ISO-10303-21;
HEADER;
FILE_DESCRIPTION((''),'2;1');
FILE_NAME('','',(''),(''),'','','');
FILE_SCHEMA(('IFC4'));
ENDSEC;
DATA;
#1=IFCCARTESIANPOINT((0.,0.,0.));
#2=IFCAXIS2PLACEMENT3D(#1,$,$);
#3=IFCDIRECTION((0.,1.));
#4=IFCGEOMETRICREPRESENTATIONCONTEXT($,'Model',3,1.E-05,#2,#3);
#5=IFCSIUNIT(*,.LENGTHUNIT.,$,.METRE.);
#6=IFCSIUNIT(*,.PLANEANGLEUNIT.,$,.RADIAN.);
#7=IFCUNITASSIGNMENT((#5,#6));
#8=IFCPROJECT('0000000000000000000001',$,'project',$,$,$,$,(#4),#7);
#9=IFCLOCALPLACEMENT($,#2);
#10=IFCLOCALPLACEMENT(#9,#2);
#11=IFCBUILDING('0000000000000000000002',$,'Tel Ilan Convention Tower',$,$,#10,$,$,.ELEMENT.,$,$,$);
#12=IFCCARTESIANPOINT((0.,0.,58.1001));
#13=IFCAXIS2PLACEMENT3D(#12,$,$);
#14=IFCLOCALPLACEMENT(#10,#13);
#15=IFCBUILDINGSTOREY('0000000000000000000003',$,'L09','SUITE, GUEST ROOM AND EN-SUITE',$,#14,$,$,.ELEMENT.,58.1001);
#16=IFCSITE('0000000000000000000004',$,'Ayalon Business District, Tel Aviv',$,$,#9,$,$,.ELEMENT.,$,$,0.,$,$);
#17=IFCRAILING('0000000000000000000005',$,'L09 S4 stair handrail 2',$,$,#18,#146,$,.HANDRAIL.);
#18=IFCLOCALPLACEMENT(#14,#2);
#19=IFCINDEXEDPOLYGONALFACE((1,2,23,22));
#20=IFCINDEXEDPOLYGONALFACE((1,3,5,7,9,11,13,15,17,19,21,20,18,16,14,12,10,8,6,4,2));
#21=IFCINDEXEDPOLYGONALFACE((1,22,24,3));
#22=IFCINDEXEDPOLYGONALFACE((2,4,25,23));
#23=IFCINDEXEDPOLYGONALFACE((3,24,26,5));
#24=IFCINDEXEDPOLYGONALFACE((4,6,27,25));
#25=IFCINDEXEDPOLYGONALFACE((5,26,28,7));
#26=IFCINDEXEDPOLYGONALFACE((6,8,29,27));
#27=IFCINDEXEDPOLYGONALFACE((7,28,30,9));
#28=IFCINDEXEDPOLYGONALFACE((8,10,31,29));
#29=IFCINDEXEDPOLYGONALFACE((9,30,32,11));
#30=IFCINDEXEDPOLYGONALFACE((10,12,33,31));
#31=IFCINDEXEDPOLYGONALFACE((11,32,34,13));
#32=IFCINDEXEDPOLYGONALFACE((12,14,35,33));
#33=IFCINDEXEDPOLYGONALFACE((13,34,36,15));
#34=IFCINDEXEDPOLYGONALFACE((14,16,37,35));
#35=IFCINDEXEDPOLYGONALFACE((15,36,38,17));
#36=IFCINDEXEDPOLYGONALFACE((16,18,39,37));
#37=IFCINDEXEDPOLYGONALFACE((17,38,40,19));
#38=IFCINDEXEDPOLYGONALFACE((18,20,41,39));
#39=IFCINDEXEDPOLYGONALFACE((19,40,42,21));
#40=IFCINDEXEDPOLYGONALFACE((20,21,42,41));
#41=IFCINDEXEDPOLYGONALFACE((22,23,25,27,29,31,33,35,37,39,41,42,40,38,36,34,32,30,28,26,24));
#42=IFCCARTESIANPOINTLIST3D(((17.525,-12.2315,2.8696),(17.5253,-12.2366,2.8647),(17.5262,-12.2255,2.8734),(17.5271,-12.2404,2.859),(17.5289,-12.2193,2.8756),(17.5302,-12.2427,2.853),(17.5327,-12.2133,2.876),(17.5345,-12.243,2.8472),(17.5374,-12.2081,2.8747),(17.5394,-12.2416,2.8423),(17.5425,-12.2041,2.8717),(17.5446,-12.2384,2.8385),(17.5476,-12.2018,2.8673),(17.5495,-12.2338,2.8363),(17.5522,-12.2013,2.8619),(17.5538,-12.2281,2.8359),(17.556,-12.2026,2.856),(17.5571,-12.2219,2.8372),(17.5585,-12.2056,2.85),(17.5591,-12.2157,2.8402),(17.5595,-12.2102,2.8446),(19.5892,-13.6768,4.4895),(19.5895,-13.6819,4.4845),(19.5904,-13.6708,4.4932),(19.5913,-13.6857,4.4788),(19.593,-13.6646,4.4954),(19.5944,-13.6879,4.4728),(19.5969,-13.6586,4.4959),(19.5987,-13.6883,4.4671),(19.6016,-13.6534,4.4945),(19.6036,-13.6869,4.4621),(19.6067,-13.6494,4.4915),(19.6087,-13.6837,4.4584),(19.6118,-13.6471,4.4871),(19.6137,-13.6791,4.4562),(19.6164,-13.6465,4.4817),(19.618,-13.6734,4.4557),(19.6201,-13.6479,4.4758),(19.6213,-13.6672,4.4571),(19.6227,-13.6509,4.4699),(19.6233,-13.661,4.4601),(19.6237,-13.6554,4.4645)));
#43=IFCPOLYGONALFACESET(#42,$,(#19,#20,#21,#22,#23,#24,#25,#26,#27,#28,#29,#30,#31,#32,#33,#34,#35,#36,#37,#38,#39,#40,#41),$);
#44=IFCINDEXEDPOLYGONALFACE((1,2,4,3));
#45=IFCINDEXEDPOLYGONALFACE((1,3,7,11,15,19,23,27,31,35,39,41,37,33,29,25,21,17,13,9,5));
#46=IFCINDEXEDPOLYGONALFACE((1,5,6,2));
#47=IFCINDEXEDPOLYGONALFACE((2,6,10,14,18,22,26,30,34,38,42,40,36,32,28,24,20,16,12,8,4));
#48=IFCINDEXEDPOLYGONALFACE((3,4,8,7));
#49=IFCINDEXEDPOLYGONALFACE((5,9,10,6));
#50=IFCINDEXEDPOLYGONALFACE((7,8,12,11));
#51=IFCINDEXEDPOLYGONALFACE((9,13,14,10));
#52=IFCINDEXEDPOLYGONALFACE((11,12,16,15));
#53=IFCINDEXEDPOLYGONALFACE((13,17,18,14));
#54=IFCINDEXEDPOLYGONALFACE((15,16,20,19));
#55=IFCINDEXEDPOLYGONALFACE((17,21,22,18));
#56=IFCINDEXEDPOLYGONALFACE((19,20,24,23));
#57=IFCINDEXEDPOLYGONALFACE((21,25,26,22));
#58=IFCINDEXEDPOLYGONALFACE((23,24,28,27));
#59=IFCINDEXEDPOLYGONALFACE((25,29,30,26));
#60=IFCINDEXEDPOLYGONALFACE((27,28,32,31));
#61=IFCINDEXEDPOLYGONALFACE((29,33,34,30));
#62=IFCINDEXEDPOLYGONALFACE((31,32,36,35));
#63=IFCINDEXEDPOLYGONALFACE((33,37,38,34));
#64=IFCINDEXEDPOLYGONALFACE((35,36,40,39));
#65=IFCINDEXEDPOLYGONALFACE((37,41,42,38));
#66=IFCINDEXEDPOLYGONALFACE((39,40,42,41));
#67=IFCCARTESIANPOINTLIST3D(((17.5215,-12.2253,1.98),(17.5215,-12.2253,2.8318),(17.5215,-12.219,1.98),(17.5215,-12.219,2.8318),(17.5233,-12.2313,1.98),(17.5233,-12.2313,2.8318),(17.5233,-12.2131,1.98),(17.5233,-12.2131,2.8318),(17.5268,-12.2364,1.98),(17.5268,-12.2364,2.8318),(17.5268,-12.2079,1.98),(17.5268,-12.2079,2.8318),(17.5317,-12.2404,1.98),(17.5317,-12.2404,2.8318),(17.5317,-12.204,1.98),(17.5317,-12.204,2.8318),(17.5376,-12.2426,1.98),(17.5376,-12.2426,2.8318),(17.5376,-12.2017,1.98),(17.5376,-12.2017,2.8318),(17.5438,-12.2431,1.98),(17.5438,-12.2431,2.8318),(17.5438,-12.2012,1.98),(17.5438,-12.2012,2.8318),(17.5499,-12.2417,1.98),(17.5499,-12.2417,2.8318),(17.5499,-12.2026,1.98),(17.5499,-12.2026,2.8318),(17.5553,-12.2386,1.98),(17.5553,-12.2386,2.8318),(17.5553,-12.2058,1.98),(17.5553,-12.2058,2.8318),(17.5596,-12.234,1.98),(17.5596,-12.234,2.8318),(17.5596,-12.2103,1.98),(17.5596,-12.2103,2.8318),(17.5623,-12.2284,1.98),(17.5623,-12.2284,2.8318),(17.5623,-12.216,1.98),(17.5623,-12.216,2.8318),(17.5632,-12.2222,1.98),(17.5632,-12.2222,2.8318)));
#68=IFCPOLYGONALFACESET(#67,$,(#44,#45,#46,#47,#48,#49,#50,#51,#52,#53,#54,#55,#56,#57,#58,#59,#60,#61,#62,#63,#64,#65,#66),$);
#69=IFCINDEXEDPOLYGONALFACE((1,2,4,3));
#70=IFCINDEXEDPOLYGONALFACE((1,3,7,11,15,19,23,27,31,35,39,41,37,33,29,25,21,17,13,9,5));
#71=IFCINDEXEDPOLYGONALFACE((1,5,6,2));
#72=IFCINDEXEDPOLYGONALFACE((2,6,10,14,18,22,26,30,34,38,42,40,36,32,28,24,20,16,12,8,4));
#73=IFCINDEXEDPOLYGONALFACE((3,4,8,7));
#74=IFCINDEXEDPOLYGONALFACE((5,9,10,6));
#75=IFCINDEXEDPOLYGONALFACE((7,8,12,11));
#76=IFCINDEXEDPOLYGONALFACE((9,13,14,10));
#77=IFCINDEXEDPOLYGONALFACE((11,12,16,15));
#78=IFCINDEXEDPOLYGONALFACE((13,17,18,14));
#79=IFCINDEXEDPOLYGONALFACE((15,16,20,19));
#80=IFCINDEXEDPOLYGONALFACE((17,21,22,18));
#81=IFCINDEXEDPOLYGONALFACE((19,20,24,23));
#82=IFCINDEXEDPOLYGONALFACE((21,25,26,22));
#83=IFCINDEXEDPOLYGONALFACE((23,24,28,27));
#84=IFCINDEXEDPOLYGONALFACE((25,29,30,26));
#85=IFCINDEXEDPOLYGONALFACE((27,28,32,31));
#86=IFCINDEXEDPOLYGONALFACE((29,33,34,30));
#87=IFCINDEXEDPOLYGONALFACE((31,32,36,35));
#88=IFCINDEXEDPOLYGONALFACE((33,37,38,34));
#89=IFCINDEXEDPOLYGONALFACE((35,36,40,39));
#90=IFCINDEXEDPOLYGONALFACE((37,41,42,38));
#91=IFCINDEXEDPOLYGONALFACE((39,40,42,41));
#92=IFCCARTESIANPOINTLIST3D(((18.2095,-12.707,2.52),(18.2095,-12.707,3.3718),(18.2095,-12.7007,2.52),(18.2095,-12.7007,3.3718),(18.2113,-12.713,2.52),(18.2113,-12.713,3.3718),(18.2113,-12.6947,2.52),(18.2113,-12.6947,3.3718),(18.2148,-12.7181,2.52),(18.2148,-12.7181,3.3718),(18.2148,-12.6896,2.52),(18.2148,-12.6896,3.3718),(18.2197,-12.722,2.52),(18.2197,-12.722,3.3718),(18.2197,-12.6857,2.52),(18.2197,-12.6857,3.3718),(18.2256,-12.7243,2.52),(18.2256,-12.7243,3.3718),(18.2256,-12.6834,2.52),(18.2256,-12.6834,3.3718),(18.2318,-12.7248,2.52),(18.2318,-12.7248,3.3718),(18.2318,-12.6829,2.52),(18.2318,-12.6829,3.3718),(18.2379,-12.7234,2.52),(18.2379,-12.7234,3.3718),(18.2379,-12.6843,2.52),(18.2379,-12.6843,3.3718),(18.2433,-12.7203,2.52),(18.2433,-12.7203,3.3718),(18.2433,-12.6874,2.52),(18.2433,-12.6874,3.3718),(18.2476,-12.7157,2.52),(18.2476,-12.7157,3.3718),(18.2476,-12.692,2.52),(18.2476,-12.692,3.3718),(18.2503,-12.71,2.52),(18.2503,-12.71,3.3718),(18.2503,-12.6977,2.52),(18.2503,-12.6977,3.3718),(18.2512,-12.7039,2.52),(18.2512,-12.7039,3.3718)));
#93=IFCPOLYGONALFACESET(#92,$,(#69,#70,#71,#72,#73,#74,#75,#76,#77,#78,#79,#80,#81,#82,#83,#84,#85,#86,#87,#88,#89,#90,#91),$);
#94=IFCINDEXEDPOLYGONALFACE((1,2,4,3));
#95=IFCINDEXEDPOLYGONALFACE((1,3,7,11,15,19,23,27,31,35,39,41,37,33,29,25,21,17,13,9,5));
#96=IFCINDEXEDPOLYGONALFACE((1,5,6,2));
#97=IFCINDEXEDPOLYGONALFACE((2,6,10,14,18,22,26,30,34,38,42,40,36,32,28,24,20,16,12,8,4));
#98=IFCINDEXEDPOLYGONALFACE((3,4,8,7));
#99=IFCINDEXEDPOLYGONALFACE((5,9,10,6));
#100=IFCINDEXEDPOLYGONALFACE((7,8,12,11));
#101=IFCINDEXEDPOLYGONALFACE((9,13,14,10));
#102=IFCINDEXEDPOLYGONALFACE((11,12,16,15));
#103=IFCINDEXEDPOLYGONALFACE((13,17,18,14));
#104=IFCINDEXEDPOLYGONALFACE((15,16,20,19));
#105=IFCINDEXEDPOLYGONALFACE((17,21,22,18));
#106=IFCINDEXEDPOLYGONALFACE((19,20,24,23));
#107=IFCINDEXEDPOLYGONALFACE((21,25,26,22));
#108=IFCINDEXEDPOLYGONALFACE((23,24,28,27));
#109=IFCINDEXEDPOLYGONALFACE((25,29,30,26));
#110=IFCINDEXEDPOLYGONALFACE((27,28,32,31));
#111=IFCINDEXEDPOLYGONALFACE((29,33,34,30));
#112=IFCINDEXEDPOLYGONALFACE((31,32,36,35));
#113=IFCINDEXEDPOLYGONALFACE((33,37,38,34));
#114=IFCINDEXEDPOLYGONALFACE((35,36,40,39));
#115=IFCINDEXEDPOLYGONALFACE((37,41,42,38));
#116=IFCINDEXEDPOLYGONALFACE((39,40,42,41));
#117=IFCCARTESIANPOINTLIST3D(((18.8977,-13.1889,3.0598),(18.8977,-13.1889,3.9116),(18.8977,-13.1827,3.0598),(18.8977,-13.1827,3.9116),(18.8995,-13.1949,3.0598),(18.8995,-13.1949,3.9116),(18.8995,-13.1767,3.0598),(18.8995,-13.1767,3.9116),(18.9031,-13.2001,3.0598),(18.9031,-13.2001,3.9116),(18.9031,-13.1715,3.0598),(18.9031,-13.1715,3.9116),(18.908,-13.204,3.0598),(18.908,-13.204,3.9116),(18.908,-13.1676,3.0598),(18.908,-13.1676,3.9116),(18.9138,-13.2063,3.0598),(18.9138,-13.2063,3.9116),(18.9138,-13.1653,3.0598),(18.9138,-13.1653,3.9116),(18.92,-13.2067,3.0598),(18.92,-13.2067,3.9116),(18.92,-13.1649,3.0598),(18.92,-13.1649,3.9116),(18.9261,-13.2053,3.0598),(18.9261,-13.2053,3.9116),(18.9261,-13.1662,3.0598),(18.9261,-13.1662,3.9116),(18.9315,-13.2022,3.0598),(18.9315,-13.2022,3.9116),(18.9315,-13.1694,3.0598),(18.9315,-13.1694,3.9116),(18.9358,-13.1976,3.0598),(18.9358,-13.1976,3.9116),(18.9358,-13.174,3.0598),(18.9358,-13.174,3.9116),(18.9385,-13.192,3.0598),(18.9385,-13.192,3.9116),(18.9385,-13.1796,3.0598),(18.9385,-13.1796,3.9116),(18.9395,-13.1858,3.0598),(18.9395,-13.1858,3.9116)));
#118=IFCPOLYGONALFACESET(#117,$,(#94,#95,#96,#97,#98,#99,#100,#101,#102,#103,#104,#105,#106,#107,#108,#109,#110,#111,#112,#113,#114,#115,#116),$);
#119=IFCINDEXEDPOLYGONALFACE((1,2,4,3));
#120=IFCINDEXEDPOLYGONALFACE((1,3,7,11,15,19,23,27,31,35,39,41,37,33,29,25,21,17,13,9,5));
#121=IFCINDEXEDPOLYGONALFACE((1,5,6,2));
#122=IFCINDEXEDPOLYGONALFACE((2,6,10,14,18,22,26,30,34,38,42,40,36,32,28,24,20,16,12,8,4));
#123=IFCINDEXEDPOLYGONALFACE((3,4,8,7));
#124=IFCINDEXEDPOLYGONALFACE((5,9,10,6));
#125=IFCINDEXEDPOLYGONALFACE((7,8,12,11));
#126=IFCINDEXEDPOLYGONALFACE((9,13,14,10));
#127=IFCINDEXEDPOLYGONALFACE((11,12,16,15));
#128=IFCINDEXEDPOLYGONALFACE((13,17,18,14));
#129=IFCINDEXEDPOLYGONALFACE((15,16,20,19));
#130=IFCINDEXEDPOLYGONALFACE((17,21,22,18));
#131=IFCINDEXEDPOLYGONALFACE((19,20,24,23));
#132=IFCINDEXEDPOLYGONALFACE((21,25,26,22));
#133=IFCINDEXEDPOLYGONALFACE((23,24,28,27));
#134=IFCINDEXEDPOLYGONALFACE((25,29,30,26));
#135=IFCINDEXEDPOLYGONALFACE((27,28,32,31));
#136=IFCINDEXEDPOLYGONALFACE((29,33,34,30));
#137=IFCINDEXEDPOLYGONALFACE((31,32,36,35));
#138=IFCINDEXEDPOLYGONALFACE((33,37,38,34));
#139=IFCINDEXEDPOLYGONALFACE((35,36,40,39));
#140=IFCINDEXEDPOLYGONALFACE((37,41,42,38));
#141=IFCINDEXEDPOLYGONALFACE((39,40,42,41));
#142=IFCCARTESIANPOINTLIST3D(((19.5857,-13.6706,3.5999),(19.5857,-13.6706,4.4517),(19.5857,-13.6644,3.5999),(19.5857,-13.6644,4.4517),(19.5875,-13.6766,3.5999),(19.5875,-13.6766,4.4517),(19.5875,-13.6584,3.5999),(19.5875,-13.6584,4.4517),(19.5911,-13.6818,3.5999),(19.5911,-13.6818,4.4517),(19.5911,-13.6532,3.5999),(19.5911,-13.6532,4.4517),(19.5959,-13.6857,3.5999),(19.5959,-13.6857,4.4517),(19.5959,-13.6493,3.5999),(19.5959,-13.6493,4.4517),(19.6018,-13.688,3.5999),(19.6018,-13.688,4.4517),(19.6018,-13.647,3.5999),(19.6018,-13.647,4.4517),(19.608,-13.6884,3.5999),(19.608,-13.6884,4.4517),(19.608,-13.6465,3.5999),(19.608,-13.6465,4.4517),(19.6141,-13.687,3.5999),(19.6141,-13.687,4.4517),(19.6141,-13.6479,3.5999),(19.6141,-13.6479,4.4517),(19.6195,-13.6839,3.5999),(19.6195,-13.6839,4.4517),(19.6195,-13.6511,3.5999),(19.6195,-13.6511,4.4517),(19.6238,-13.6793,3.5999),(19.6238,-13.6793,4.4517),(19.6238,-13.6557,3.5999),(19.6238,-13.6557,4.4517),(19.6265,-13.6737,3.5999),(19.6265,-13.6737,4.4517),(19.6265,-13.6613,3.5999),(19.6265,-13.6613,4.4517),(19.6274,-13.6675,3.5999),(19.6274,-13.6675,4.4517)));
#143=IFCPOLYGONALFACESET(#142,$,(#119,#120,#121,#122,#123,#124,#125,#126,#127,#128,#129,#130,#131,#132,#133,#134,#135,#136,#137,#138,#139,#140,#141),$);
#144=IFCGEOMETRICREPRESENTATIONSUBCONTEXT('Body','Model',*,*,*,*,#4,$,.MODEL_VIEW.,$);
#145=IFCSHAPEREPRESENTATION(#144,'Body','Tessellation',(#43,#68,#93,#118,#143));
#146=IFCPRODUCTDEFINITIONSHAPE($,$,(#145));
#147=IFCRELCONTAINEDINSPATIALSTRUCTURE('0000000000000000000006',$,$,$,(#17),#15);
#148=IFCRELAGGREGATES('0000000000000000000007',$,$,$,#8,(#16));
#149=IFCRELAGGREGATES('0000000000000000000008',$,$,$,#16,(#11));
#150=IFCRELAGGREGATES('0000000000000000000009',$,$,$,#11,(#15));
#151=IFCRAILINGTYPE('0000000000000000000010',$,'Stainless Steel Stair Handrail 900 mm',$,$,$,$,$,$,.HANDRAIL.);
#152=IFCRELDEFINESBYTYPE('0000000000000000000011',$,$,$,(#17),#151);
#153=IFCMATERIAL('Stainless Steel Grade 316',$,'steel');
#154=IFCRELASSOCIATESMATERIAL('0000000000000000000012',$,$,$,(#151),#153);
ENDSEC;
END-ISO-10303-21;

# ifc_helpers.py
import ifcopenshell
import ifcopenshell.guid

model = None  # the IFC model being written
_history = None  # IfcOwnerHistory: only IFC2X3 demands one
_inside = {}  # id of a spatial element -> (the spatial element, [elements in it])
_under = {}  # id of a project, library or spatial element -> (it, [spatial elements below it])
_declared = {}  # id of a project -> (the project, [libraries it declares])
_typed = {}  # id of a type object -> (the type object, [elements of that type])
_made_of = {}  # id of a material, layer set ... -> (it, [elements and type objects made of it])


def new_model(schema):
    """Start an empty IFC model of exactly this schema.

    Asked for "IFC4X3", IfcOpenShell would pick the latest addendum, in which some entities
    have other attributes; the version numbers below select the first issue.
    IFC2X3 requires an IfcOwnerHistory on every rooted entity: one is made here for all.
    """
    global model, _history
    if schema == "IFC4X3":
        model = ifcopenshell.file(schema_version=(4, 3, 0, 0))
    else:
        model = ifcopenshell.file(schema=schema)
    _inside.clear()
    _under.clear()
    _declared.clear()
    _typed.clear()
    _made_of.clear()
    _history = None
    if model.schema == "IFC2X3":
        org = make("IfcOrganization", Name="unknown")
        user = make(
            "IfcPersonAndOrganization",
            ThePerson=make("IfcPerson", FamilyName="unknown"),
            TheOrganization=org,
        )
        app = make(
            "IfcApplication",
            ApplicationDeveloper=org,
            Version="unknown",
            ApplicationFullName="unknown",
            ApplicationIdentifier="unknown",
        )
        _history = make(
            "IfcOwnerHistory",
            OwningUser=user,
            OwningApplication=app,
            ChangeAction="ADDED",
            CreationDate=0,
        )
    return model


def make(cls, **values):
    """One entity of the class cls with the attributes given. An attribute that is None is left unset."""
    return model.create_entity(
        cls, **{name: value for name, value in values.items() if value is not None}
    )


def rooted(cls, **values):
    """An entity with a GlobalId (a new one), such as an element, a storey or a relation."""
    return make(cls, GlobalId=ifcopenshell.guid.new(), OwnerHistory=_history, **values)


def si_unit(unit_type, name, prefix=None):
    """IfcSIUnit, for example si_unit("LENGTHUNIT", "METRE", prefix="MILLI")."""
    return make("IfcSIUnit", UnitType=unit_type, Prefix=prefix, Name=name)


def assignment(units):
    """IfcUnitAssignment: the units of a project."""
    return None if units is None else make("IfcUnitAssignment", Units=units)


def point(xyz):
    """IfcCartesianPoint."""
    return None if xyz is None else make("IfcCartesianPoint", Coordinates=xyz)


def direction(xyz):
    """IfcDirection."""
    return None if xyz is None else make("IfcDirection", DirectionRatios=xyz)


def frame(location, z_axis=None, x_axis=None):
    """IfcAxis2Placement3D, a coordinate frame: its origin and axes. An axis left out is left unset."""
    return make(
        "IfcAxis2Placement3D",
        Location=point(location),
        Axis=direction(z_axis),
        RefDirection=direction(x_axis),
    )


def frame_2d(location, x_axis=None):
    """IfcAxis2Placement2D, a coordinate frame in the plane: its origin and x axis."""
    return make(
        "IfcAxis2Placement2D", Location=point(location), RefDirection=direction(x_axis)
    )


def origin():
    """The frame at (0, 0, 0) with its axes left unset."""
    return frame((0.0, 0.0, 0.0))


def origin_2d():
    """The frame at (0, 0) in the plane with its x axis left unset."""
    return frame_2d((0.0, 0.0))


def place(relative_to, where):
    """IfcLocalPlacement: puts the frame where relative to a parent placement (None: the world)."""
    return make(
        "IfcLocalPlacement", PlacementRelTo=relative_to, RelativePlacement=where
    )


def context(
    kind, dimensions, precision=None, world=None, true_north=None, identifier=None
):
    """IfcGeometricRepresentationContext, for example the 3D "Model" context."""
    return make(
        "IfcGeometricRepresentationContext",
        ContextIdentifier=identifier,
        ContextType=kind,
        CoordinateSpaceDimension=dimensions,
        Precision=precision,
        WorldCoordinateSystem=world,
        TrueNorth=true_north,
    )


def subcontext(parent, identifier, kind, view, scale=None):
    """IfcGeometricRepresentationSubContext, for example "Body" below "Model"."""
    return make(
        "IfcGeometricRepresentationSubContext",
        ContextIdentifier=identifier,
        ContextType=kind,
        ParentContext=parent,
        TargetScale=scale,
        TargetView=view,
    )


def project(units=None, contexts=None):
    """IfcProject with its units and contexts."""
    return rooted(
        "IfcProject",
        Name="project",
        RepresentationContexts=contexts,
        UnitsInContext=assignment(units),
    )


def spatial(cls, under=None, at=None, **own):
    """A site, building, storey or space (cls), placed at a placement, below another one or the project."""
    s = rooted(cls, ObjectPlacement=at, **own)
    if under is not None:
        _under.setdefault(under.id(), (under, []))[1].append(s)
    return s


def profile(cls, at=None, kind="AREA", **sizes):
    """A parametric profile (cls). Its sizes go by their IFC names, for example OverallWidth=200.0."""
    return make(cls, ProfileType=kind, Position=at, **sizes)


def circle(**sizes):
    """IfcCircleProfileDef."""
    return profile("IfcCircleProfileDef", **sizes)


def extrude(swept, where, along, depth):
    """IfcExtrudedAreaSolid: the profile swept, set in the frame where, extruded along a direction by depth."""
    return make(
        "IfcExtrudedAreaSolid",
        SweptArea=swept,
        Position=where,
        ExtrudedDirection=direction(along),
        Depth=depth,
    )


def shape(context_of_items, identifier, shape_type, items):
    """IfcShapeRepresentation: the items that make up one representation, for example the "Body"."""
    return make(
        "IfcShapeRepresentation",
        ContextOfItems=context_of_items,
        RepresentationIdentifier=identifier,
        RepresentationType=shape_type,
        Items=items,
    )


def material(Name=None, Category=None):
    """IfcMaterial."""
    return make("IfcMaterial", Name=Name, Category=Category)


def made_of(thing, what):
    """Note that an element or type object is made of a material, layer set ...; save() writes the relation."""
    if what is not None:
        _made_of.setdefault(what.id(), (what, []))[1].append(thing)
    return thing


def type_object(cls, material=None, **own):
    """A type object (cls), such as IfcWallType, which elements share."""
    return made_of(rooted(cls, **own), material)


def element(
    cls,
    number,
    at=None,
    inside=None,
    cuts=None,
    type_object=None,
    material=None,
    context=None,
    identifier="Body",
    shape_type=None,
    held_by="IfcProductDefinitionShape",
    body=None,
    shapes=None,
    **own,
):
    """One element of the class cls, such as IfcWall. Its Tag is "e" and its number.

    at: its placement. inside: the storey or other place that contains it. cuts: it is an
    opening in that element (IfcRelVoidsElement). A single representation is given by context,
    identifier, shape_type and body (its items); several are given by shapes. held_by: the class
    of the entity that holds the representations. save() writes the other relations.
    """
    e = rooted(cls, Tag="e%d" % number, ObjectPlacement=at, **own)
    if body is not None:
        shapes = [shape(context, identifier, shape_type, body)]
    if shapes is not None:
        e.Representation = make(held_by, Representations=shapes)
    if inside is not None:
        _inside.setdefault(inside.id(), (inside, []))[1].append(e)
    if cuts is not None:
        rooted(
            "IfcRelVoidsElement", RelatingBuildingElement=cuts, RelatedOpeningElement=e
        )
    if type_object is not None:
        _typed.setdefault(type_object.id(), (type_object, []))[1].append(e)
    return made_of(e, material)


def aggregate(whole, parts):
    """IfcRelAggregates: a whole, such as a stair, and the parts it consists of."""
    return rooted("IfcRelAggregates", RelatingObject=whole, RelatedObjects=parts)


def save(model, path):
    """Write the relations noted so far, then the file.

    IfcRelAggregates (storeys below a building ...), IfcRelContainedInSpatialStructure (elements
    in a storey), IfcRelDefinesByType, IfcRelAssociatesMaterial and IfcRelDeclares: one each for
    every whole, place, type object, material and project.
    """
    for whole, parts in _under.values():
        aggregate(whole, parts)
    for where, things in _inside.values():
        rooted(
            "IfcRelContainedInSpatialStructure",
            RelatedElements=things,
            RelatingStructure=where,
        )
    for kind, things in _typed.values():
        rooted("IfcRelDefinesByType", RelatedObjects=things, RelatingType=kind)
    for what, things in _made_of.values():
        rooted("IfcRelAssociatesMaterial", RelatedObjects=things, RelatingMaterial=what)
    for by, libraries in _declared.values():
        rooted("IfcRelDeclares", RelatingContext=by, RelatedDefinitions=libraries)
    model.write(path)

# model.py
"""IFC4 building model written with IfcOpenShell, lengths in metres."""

from ifc_helpers import new_model, si_unit, direction, frame, origin, origin_2d, place, context, subcontext, project, spatial, circle, extrude, material, type_object, element, save


model = new_model("IFC4")

# Units and contexts
model_context = context("Model", 3, precision=1e-05, world=origin(), true_north=direction((0.0, 1.0)))
body_context = subcontext(model_context, "Body", "Model", "MODEL_VIEW")
ifc_project = project(units=[si_unit("LENGTHUNIT", "METRE"), si_unit("PLANEANGLEUNIT", "RADIAN")], contexts=[model_context])

# Site, building, storey
site_placement = place(None, origin())
site = spatial("IfcSite", under=ifc_project, at=site_placement, Name="Ayalon Business District, Tel Aviv", CompositionType="ELEMENT", RefElevation=0.0)
building_placement = place(site_placement, origin())
building = spatial("IfcBuilding", under=site, at=building_placement, Name="Tel Ilan Convention Tower", CompositionType="ELEMENT")
storey_placement = place(building_placement, frame((0.0, 0.0, 58.1001)))
storey = spatial("IfcBuildingStorey", under=building, at=storey_placement, Name="L09", Description="SUITE, GUEST ROOM AND EN-SUITE", CompositionType="ELEMENT", Elevation=58.1001)

# Railing
ifc_material_1 = material(Name="Stainless Steel Grade 316", Category="steel")
railing_type = type_object("IfcRailingType", Name="Stainless Steel Stair Handrail 900 mm", PredefinedType="HANDRAIL", material=ifc_material_1)
railing_placement = place(storey_placement, frame((17.5422, -12.2222, 1.98)))
element("IfcRailing", 1, at=railing_placement, inside=storey, type_object=railing_type, Name="L09 S4 stair handrail 2", PredefinedType="HANDRAIL", context=body_context, shape_type="SweptSolid", body=[
    extrude(circle(Radius=0.0239, at=origin_2d()), frame((0.0, 0.0, 0.876), z_axis=(0.68907, -0.482472, 0.540743), x_axis=(0.57356, 0.819164, 0.0)), (0.0, 0.0, 1.0), 2.9956),
    extrude(circle(Radius=0.021, at=origin_2d()), origin(), (0.0, 0.0, 1.0), 0.8518),
    extrude(circle(Radius=0.021, at=origin_2d()), frame((0.688, -0.4817, 0.54)), (0.0, 0.0, 1.0), 0.8518),
    extrude(circle(Radius=0.021, at=origin_2d()), frame((1.3762, -0.9636, 1.0798)), (0.0, 0.0, 1.0), 0.8518),
    extrude(circle(Radius=0.021, at=origin_2d()), frame((2.0642, -1.4453, 1.6199)), (0.0, 0.0, 1.0), 0.8518),
])

save(model, "model.ifc")
